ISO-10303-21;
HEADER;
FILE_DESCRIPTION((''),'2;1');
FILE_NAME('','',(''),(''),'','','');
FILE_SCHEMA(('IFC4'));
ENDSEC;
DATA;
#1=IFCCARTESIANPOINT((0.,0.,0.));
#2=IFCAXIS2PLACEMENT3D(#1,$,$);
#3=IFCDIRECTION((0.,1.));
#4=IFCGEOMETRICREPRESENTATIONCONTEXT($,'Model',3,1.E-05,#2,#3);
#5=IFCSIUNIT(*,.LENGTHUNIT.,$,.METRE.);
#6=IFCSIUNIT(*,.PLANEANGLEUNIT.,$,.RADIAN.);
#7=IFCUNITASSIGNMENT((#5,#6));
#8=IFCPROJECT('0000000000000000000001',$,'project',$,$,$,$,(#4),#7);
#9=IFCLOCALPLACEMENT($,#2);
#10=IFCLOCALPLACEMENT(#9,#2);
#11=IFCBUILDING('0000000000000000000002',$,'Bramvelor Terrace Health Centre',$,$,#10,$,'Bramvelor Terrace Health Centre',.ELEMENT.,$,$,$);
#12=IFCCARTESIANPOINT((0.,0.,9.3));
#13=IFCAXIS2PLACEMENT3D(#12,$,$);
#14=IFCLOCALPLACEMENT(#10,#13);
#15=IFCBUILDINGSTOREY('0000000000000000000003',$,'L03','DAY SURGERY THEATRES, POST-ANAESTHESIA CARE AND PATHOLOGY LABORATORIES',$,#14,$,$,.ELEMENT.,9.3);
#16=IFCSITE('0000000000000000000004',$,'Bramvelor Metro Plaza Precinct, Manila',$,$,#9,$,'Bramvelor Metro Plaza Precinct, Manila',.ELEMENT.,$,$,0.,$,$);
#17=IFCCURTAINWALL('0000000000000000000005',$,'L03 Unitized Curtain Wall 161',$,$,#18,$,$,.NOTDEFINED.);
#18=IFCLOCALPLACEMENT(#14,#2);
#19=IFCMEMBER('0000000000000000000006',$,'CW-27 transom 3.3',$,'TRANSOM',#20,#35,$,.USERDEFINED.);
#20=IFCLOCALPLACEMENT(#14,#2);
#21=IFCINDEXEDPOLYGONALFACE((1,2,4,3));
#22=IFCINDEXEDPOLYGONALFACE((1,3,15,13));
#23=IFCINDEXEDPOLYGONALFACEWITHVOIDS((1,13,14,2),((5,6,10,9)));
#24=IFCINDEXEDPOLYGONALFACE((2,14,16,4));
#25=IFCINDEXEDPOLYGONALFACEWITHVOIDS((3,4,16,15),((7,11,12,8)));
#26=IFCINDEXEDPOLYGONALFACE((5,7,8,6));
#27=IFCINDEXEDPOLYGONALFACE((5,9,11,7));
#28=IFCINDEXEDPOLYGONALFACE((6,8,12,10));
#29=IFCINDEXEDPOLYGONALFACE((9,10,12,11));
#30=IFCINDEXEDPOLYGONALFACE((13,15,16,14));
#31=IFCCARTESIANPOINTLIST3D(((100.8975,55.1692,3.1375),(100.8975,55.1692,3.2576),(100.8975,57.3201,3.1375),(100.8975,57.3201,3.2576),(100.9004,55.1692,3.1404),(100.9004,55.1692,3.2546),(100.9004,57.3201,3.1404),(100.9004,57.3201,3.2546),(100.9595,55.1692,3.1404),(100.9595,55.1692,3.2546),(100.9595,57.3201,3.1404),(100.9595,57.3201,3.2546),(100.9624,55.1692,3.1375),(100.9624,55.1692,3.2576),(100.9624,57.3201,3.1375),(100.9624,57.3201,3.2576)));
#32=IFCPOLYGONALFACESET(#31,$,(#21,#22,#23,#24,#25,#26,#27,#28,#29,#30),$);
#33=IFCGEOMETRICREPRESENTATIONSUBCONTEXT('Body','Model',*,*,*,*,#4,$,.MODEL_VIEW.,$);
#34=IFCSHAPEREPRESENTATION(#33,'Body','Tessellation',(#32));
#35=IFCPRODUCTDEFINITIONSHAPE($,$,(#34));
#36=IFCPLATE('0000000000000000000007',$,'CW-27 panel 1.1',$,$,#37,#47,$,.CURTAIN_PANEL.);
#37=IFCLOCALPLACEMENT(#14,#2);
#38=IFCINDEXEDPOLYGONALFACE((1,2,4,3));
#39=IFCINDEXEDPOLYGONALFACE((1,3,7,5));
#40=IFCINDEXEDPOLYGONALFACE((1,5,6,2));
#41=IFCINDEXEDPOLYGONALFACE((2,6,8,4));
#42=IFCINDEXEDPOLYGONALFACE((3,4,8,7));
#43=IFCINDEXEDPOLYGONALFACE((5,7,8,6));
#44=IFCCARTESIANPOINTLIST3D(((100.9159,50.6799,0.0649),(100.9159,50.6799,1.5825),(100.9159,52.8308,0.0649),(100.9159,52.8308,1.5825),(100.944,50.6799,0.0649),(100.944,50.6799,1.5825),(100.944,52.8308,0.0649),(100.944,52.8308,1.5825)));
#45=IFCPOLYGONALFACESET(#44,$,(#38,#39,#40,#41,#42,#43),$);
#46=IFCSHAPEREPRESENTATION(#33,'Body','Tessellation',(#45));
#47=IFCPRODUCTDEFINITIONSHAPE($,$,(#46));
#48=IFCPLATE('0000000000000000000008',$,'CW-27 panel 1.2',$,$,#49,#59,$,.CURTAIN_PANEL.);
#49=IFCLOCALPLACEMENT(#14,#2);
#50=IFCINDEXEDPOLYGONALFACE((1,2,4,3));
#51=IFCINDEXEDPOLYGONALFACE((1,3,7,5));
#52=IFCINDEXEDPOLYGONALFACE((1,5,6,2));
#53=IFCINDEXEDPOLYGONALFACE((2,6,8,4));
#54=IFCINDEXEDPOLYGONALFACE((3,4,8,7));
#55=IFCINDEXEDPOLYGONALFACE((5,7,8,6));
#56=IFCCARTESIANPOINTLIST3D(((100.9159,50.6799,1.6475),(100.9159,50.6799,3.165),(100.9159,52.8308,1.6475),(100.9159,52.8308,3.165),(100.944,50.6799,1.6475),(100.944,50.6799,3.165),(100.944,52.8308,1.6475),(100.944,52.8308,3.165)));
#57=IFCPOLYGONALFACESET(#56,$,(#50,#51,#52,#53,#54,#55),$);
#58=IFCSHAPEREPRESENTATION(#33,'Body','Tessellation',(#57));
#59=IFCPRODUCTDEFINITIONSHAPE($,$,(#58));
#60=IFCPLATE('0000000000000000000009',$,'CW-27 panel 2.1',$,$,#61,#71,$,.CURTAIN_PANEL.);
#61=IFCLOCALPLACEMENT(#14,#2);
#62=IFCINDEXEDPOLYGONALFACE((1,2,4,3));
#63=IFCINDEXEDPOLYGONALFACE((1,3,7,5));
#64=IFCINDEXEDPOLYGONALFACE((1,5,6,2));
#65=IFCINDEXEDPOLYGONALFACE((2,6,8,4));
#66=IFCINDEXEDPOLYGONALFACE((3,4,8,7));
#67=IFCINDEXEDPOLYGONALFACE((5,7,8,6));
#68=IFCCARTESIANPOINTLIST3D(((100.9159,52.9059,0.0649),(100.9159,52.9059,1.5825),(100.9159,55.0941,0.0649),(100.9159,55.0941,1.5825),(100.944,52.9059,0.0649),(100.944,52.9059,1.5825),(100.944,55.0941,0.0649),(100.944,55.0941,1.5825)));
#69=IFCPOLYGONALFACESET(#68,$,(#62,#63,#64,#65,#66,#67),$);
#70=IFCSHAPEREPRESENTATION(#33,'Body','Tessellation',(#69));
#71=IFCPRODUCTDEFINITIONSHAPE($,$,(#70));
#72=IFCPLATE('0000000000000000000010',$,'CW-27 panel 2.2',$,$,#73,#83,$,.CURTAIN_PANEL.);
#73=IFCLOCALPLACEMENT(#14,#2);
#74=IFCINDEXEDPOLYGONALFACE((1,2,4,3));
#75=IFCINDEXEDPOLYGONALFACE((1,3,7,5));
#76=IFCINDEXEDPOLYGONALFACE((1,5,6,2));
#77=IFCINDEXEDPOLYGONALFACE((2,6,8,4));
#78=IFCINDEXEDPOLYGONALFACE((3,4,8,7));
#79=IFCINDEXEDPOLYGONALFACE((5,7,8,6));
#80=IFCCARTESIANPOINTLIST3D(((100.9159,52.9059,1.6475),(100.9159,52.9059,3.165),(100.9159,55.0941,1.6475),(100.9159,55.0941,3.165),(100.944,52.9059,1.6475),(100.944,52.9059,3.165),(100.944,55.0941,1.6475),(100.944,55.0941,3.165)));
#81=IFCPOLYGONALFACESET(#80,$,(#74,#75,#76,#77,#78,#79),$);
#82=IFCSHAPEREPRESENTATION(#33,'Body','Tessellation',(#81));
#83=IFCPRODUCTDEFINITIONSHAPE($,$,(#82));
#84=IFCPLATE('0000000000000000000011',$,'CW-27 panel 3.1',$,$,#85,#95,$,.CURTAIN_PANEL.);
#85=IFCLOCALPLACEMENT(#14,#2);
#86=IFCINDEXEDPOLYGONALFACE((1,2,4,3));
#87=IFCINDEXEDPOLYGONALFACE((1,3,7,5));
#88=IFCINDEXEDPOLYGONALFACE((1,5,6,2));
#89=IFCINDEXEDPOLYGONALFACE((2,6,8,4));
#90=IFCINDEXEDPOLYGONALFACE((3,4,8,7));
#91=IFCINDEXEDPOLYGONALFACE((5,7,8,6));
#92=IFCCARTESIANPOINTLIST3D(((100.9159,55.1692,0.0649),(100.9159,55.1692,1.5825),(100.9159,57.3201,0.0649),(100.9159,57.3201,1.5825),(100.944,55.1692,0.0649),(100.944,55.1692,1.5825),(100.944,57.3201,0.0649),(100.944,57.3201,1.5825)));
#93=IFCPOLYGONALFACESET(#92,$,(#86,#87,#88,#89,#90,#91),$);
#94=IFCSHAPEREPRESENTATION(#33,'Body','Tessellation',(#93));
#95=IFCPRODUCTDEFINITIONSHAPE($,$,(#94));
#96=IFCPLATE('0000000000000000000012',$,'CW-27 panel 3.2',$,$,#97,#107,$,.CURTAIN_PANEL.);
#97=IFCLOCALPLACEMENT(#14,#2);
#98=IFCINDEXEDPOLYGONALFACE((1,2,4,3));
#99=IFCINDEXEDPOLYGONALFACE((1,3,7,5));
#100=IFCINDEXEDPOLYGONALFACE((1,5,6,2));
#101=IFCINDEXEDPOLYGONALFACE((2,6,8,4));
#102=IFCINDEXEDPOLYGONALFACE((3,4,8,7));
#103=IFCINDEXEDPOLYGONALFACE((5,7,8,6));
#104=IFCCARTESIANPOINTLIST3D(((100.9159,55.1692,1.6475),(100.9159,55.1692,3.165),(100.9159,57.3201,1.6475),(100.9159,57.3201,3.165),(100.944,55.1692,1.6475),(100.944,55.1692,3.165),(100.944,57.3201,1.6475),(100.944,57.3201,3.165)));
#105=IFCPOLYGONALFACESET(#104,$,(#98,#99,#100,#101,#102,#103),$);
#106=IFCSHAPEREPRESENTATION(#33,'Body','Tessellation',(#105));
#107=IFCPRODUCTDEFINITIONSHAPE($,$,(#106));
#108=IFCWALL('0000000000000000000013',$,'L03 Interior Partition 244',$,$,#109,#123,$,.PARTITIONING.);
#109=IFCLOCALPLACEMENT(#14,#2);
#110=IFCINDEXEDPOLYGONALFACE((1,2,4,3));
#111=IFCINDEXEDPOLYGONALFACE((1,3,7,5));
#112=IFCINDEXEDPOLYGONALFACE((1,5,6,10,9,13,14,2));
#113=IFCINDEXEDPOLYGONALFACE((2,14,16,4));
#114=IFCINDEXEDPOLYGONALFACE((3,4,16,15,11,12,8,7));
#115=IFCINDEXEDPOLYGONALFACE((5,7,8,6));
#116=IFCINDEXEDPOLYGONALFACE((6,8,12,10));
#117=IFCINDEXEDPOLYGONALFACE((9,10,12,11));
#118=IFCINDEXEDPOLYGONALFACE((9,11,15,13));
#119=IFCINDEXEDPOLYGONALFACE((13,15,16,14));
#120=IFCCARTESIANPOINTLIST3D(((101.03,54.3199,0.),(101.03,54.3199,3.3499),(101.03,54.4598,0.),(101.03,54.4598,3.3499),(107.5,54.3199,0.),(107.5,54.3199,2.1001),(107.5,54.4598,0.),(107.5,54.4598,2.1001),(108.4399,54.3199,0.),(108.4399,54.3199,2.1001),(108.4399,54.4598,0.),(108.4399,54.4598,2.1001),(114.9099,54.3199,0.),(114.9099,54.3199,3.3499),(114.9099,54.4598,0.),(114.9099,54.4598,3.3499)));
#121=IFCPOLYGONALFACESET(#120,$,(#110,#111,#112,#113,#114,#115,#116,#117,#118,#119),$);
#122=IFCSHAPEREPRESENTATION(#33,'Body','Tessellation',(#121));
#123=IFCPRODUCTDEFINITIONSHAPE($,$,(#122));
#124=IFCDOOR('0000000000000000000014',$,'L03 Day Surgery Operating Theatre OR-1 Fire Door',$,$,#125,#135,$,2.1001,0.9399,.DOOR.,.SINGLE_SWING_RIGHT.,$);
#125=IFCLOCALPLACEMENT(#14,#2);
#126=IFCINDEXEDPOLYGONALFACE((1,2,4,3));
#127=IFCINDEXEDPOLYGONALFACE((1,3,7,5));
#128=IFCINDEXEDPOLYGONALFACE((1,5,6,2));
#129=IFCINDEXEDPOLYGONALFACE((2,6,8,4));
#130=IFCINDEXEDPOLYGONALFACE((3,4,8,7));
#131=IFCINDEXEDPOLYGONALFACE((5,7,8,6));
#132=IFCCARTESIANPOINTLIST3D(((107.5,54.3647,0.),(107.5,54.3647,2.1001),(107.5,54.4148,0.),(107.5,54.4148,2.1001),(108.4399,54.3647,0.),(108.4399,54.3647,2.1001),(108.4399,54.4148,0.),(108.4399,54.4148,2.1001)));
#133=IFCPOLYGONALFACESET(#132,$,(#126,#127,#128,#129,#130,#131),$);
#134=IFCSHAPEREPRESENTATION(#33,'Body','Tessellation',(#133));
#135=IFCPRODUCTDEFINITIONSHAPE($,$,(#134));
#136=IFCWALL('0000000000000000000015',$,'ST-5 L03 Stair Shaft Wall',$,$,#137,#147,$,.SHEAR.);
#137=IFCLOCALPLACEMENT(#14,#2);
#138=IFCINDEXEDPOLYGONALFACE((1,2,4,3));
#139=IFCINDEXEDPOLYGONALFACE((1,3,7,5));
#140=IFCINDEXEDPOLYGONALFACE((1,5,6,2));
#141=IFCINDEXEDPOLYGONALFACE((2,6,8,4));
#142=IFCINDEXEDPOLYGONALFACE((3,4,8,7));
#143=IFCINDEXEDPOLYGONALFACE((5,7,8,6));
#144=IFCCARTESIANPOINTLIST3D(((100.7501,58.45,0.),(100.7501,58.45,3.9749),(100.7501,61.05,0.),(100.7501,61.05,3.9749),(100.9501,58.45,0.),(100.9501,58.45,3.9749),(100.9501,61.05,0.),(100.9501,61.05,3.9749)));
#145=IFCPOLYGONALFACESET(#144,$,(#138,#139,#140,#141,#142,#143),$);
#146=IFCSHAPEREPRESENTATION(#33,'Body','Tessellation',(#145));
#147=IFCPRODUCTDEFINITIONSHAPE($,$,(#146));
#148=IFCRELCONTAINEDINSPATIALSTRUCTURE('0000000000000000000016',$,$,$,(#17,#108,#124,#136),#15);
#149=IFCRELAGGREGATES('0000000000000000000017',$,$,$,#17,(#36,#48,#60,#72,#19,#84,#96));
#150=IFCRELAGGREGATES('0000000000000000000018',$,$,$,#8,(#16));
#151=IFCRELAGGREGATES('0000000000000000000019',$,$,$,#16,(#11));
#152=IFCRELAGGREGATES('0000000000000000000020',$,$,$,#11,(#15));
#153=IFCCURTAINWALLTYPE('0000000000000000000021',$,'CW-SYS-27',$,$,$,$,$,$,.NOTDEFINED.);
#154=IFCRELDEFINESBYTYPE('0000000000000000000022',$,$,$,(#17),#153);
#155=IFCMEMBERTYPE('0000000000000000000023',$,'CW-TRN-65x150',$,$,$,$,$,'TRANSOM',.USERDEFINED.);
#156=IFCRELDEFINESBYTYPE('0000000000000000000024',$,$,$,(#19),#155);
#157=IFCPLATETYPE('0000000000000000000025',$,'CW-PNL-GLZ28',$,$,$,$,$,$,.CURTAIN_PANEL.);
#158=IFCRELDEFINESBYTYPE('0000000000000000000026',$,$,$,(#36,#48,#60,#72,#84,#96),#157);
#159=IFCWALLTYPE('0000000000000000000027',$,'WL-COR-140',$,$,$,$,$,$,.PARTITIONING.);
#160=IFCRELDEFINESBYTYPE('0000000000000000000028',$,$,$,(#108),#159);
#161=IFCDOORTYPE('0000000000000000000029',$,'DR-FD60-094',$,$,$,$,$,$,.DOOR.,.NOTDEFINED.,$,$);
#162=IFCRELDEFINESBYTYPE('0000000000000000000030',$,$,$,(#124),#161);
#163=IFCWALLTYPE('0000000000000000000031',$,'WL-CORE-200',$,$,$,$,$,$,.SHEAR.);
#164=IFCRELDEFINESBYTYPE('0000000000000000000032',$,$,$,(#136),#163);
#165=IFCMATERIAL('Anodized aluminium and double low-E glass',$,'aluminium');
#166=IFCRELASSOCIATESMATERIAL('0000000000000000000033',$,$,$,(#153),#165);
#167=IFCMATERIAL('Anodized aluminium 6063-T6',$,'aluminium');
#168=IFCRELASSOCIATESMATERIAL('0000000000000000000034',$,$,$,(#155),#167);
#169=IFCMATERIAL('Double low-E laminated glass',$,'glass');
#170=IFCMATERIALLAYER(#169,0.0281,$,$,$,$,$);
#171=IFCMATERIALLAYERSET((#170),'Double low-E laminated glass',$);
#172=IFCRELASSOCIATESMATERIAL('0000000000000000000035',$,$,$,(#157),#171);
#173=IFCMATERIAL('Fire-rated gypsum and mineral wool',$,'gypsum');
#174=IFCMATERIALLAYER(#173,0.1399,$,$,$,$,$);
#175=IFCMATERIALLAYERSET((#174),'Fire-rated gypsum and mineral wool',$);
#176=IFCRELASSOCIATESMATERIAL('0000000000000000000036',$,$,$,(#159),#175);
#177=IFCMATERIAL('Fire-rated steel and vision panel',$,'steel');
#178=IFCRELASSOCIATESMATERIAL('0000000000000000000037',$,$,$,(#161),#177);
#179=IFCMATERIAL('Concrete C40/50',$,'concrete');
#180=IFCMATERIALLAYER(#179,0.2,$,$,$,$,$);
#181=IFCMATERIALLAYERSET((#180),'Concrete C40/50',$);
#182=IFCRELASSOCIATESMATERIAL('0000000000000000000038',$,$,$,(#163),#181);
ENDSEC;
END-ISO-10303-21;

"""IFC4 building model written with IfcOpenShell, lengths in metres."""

from ifc_helpers import new_model, si_unit, direction, frame, frame_2d, origin, origin_2d, place, context, subcontext, project, spatial, rectangle, hollow_rectangle, extrude, material, layer, layer_set, material_profile, profile_set, type_object, element, fill, aggregate, save


model = new_model("IFC4")

# Units and contexts
model_context = context("Model", 3, precision=1e-05, world=origin(), true_north=direction((0.0, 1.0)))
body_context = subcontext(model_context, "Body", "Model", "MODEL_VIEW")
ifc_project = project(units=[si_unit("LENGTHUNIT", "METRE"), si_unit("PLANEANGLEUNIT", "RADIAN")], contexts=[model_context])

# Site, building, storey
site_placement = place(None, origin())
site = spatial("IfcSite", under=ifc_project, at=site_placement, Name="Bramvelor Metro Plaza Precinct, Manila", LongName="Bramvelor Metro Plaza Precinct, Manila", CompositionType="ELEMENT", RefElevation=0.0)
building_placement = place(site_placement, origin())
building = spatial("IfcBuilding", under=site, at=building_placement, Name="Bramvelor Terrace Health Centre", LongName="Bramvelor Terrace Health Centre", CompositionType="ELEMENT")
storey_placement = place(building_placement, frame((0.0, 0.0, 9.3)))
storey = spatial("IfcBuildingStorey", under=building, at=storey_placement, Name="L03", Description="DAY SURGERY THEATRES, POST-ANAESTHESIA CARE AND PATHOLOGY LABORATORIES", CompositionType="ELEMENT", Elevation=9.3)

# Curtain wall, member, plates
ifc_material_1 = material(Name="Anodized aluminium and double low-E glass", Category="aluminium")
curtain_wall_type = type_object("IfcCurtainWallType", Name="CW-SYS-27", PredefinedType="NOTDEFINED", material=ifc_material_1)
curtain_wall_placement = place(storey_placement, origin())
curtain_wall = element("IfcCurtainWall", 1, at=curtain_wall_placement, inside=storey, type_object=curtain_wall_type, Name="L03 Unitized Curtain Wall 161", PredefinedType="NOTDEFINED")
ifc_material_2 = material(Name="Anodized aluminium 6063-T6", Category="aluminium")
ifc_material_profile_1 = material_profile(ifc_material_2, hollow_rectangle(XDim=0.0649, YDim=0.1201, WallThickness=0.0029, at=origin_2d()), Name="ALU-TRN 65x120x3.0")
ifc_profile_set_1 = profile_set([ifc_material_profile_1], Name="Anodized aluminium 6063-T6")
member_type_1 = type_object("IfcMemberType", Name="CW-TRN-65x150", ElementType="TRANSOM", PredefinedType="USERDEFINED", material=ifc_profile_set_1)
member_1_placement = place(storey_placement, frame((100.9299, 55.1692, 3.1975), z_axis=(0.0, 1.0, 0.0), x_axis=(-1.0, 0.0, 0.0)))
member_1 = element("IfcMember", 2, at=member_1_placement, type_object=member_type_1, Name="CW-27 transom 3.3", ObjectType="TRANSOM", PredefinedType="USERDEFINED", context=body_context, shape_type="SweptSolid", body=[
    extrude(hollow_rectangle(XDim=0.0649, YDim=0.1201, WallThickness=0.0029, at=origin_2d()), origin(), (0.0, 0.0, 1.0), 2.1509),
])
ifc_material_3 = material(Name="Double low-E laminated glass", Category="glass")
ifc_layer_1 = layer(ifc_material_3, 0.0281)
ifc_layer_set_1 = layer_set([ifc_layer_1], Name="Double low-E laminated glass")
plate_type = type_object("IfcPlateType", Name="CW-PNL-GLZ28", PredefinedType="CURTAIN_PANEL", material=ifc_layer_set_1)
plate_1_placement = place(storey_placement, frame((100.9299, 51.7554, 0.0649), z_axis=(0.0, 0.0, 1.0), x_axis=(0.0, 1.0, 0.0)))
plate_1 = element("IfcPlate", 3, at=plate_1_placement, type_object=plate_type, Name="CW-27 panel 1.1", PredefinedType="CURTAIN_PANEL", context=body_context, shape_type="SweptSolid", body=[
    extrude(rectangle(XDim=2.1509, YDim=0.0281, at=origin_2d()), origin(), (0.0, 0.0, 1.0), 1.5176),
])
plate_2_placement = place(storey_placement, frame((100.9299, 51.7554, 1.6475), z_axis=(0.0, 0.0, 1.0), x_axis=(0.0, 1.0, 0.0)))
plate_2 = element("IfcPlate", 4, at=plate_2_placement, type_object=plate_type, Name="CW-27 panel 1.2", PredefinedType="CURTAIN_PANEL", context=body_context, shape_type="SweptSolid", body=[
    extrude(rectangle(XDim=2.1509, YDim=0.0281, at=origin_2d()), origin(), (0.0, 0.0, 1.0), 1.5176),
])
plate_3_placement = place(storey_placement, frame((100.9299, 54.0, 0.0649), z_axis=(0.0, 0.0, 1.0), x_axis=(0.0, 1.0, 0.0)))
plate_3 = element("IfcPlate", 5, at=plate_3_placement, type_object=plate_type, Name="CW-27 panel 2.1", PredefinedType="CURTAIN_PANEL", context=body_context, shape_type="SweptSolid", body=[
    extrude(rectangle(XDim=2.1882, YDim=0.0281, at=origin_2d()), origin(), (0.0, 0.0, 1.0), 1.5176),
])
plate_4_placement = place(storey_placement, frame((100.9299, 54.0, 1.6475), z_axis=(0.0, 0.0, 1.0), x_axis=(0.0, 1.0, 0.0)))
plate_4 = element("IfcPlate", 6, at=plate_4_placement, type_object=plate_type, Name="CW-27 panel 2.2", PredefinedType="CURTAIN_PANEL", context=body_context, shape_type="SweptSolid", body=[
    extrude(rectangle(XDim=2.1882, YDim=0.0281, at=origin_2d()), origin(), (0.0, 0.0, 1.0), 1.5176),
])
plate_5_placement = place(storey_placement, frame((100.9299, 56.2446, 0.0649), z_axis=(0.0, 0.0, 1.0), x_axis=(0.0, 1.0, 0.0)))
plate_5 = element("IfcPlate", 7, at=plate_5_placement, type_object=plate_type, Name="CW-27 panel 3.1", PredefinedType="CURTAIN_PANEL", context=body_context, shape_type="SweptSolid", body=[
    extrude(rectangle(XDim=2.1509, YDim=0.0281, at=origin_2d()), origin(), (0.0, 0.0, 1.0), 1.5176),
])
plate_6_placement = place(storey_placement, frame((100.9299, 56.2446, 1.6475), z_axis=(0.0, 0.0, 1.0), x_axis=(0.0, 1.0, 0.0)))
plate_6 = element("IfcPlate", 8, at=plate_6_placement, type_object=plate_type, Name="CW-27 panel 3.2", PredefinedType="CURTAIN_PANEL", context=body_context, shape_type="SweptSolid", body=[
    extrude(rectangle(XDim=2.1509, YDim=0.0281, at=origin_2d()), origin(), (0.0, 0.0, 1.0), 1.5176),
])
aggregate(curtain_wall, [plate_1, plate_2, plate_3, plate_4, member_1, plate_5, plate_6])

# Wall, opening, door
ifc_material_4 = material(Name="Fire-rated gypsum and mineral wool", Category="gypsum")
ifc_layer_2 = layer(ifc_material_4, 0.1399)
ifc_layer_set_2 = layer_set([ifc_layer_2], Name="Fire-rated gypsum and mineral wool")
wall_type_1 = type_object("IfcWallType", Name="WL-COR-140", PredefinedType="PARTITIONING", material=ifc_layer_set_2)
wall_1_placement = place(storey_placement, frame((101.03, 54.3899, 0.0), z_axis=(0.0, 0.0, 1.0), x_axis=(1.0, 0.0, 0.0)))
wall_1 = element("IfcWall", 9, at=wall_1_placement, inside=storey, type_object=wall_type_1, Name="L03 Interior Partition 244", PredefinedType="PARTITIONING", context=body_context, shape_type="SweptSolid", body=[
    extrude(rectangle(XDim=13.8799, YDim=0.1399, at=frame_2d((6.9399, 0.0))), origin(), (0.0, 0.0, 1.0), 3.3499),
])
opening_placement = place(wall_1_placement, frame((6.47, 0.0, 0.0)))
opening = element("IfcOpeningElement", 10, at=opening_placement, cuts=wall_1, PredefinedType="OPENING", context=body_context, shape_type="SweptSolid", body=[
    extrude(rectangle(XDim=0.9399, YDim=2.1001, at=frame_2d((0.47, 1.05))), frame((0.0, 0.0798, 0.0), z_axis=(0.0, -1.0, 0.0), x_axis=(1.0, 0.0, 0.0)), (0.0, 0.0, 1.0), 0.1599),
])
ifc_material_5 = material(Name="Fire-rated steel and vision panel", Category="steel")
door_type = type_object("IfcDoorType", Name="DR-FD60-094", OperationType="NOTDEFINED", PredefinedType="DOOR", material=ifc_material_5)
door_placement = place(opening_placement, origin())
door = element("IfcDoor", 11, at=door_placement, inside=storey, type_object=door_type, Name="L03 Day Surgery Operating Theatre OR-1 Fire Door", OperationType="SINGLE_SWING_RIGHT", OverallHeight=2.1001, OverallWidth=0.9399, PredefinedType="DOOR", context=body_context, shape_type="SweptSolid", body=[
    extrude(rectangle(XDim=0.9399, YDim=2.1001, at=frame_2d((0.47, 1.05))), frame((0.0, 0.0249, 0.0), z_axis=(0.0, -1.0, 0.0), x_axis=(1.0, 0.0, 0.0)), (0.0, 0.0, 1.0), 0.05),
])
fill(opening, door)

# Wall
ifc_material_6 = material(Name="Concrete C40/50", Category="concrete")
ifc_layer_3 = layer(ifc_material_6, 0.2)
ifc_layer_set_3 = layer_set([ifc_layer_3], Name="Concrete C40/50")
wall_type_2 = type_object("IfcWallType", Name="WL-CORE-200", PredefinedType="SHEAR", material=ifc_layer_set_3)
wall_2_placement = place(storey_placement, frame((100.8501, 58.45, 0.0), z_axis=(0.0, 0.0, 1.0), x_axis=(0.0, 1.0, 0.0)))
element("IfcWall", 12, at=wall_2_placement, inside=storey, type_object=wall_type_2, Name="ST-5 L03 Stair Shaft Wall", PredefinedType="SHEAR", context=body_context, shape_type="SweptSolid", body=[
    extrude(rectangle(XDim=2.6001, YDim=0.2, at=frame_2d((1.3, 0.0))), origin(), (0.0, 0.0, 1.0), 3.9749),
])

save(model, "model.ifc")
